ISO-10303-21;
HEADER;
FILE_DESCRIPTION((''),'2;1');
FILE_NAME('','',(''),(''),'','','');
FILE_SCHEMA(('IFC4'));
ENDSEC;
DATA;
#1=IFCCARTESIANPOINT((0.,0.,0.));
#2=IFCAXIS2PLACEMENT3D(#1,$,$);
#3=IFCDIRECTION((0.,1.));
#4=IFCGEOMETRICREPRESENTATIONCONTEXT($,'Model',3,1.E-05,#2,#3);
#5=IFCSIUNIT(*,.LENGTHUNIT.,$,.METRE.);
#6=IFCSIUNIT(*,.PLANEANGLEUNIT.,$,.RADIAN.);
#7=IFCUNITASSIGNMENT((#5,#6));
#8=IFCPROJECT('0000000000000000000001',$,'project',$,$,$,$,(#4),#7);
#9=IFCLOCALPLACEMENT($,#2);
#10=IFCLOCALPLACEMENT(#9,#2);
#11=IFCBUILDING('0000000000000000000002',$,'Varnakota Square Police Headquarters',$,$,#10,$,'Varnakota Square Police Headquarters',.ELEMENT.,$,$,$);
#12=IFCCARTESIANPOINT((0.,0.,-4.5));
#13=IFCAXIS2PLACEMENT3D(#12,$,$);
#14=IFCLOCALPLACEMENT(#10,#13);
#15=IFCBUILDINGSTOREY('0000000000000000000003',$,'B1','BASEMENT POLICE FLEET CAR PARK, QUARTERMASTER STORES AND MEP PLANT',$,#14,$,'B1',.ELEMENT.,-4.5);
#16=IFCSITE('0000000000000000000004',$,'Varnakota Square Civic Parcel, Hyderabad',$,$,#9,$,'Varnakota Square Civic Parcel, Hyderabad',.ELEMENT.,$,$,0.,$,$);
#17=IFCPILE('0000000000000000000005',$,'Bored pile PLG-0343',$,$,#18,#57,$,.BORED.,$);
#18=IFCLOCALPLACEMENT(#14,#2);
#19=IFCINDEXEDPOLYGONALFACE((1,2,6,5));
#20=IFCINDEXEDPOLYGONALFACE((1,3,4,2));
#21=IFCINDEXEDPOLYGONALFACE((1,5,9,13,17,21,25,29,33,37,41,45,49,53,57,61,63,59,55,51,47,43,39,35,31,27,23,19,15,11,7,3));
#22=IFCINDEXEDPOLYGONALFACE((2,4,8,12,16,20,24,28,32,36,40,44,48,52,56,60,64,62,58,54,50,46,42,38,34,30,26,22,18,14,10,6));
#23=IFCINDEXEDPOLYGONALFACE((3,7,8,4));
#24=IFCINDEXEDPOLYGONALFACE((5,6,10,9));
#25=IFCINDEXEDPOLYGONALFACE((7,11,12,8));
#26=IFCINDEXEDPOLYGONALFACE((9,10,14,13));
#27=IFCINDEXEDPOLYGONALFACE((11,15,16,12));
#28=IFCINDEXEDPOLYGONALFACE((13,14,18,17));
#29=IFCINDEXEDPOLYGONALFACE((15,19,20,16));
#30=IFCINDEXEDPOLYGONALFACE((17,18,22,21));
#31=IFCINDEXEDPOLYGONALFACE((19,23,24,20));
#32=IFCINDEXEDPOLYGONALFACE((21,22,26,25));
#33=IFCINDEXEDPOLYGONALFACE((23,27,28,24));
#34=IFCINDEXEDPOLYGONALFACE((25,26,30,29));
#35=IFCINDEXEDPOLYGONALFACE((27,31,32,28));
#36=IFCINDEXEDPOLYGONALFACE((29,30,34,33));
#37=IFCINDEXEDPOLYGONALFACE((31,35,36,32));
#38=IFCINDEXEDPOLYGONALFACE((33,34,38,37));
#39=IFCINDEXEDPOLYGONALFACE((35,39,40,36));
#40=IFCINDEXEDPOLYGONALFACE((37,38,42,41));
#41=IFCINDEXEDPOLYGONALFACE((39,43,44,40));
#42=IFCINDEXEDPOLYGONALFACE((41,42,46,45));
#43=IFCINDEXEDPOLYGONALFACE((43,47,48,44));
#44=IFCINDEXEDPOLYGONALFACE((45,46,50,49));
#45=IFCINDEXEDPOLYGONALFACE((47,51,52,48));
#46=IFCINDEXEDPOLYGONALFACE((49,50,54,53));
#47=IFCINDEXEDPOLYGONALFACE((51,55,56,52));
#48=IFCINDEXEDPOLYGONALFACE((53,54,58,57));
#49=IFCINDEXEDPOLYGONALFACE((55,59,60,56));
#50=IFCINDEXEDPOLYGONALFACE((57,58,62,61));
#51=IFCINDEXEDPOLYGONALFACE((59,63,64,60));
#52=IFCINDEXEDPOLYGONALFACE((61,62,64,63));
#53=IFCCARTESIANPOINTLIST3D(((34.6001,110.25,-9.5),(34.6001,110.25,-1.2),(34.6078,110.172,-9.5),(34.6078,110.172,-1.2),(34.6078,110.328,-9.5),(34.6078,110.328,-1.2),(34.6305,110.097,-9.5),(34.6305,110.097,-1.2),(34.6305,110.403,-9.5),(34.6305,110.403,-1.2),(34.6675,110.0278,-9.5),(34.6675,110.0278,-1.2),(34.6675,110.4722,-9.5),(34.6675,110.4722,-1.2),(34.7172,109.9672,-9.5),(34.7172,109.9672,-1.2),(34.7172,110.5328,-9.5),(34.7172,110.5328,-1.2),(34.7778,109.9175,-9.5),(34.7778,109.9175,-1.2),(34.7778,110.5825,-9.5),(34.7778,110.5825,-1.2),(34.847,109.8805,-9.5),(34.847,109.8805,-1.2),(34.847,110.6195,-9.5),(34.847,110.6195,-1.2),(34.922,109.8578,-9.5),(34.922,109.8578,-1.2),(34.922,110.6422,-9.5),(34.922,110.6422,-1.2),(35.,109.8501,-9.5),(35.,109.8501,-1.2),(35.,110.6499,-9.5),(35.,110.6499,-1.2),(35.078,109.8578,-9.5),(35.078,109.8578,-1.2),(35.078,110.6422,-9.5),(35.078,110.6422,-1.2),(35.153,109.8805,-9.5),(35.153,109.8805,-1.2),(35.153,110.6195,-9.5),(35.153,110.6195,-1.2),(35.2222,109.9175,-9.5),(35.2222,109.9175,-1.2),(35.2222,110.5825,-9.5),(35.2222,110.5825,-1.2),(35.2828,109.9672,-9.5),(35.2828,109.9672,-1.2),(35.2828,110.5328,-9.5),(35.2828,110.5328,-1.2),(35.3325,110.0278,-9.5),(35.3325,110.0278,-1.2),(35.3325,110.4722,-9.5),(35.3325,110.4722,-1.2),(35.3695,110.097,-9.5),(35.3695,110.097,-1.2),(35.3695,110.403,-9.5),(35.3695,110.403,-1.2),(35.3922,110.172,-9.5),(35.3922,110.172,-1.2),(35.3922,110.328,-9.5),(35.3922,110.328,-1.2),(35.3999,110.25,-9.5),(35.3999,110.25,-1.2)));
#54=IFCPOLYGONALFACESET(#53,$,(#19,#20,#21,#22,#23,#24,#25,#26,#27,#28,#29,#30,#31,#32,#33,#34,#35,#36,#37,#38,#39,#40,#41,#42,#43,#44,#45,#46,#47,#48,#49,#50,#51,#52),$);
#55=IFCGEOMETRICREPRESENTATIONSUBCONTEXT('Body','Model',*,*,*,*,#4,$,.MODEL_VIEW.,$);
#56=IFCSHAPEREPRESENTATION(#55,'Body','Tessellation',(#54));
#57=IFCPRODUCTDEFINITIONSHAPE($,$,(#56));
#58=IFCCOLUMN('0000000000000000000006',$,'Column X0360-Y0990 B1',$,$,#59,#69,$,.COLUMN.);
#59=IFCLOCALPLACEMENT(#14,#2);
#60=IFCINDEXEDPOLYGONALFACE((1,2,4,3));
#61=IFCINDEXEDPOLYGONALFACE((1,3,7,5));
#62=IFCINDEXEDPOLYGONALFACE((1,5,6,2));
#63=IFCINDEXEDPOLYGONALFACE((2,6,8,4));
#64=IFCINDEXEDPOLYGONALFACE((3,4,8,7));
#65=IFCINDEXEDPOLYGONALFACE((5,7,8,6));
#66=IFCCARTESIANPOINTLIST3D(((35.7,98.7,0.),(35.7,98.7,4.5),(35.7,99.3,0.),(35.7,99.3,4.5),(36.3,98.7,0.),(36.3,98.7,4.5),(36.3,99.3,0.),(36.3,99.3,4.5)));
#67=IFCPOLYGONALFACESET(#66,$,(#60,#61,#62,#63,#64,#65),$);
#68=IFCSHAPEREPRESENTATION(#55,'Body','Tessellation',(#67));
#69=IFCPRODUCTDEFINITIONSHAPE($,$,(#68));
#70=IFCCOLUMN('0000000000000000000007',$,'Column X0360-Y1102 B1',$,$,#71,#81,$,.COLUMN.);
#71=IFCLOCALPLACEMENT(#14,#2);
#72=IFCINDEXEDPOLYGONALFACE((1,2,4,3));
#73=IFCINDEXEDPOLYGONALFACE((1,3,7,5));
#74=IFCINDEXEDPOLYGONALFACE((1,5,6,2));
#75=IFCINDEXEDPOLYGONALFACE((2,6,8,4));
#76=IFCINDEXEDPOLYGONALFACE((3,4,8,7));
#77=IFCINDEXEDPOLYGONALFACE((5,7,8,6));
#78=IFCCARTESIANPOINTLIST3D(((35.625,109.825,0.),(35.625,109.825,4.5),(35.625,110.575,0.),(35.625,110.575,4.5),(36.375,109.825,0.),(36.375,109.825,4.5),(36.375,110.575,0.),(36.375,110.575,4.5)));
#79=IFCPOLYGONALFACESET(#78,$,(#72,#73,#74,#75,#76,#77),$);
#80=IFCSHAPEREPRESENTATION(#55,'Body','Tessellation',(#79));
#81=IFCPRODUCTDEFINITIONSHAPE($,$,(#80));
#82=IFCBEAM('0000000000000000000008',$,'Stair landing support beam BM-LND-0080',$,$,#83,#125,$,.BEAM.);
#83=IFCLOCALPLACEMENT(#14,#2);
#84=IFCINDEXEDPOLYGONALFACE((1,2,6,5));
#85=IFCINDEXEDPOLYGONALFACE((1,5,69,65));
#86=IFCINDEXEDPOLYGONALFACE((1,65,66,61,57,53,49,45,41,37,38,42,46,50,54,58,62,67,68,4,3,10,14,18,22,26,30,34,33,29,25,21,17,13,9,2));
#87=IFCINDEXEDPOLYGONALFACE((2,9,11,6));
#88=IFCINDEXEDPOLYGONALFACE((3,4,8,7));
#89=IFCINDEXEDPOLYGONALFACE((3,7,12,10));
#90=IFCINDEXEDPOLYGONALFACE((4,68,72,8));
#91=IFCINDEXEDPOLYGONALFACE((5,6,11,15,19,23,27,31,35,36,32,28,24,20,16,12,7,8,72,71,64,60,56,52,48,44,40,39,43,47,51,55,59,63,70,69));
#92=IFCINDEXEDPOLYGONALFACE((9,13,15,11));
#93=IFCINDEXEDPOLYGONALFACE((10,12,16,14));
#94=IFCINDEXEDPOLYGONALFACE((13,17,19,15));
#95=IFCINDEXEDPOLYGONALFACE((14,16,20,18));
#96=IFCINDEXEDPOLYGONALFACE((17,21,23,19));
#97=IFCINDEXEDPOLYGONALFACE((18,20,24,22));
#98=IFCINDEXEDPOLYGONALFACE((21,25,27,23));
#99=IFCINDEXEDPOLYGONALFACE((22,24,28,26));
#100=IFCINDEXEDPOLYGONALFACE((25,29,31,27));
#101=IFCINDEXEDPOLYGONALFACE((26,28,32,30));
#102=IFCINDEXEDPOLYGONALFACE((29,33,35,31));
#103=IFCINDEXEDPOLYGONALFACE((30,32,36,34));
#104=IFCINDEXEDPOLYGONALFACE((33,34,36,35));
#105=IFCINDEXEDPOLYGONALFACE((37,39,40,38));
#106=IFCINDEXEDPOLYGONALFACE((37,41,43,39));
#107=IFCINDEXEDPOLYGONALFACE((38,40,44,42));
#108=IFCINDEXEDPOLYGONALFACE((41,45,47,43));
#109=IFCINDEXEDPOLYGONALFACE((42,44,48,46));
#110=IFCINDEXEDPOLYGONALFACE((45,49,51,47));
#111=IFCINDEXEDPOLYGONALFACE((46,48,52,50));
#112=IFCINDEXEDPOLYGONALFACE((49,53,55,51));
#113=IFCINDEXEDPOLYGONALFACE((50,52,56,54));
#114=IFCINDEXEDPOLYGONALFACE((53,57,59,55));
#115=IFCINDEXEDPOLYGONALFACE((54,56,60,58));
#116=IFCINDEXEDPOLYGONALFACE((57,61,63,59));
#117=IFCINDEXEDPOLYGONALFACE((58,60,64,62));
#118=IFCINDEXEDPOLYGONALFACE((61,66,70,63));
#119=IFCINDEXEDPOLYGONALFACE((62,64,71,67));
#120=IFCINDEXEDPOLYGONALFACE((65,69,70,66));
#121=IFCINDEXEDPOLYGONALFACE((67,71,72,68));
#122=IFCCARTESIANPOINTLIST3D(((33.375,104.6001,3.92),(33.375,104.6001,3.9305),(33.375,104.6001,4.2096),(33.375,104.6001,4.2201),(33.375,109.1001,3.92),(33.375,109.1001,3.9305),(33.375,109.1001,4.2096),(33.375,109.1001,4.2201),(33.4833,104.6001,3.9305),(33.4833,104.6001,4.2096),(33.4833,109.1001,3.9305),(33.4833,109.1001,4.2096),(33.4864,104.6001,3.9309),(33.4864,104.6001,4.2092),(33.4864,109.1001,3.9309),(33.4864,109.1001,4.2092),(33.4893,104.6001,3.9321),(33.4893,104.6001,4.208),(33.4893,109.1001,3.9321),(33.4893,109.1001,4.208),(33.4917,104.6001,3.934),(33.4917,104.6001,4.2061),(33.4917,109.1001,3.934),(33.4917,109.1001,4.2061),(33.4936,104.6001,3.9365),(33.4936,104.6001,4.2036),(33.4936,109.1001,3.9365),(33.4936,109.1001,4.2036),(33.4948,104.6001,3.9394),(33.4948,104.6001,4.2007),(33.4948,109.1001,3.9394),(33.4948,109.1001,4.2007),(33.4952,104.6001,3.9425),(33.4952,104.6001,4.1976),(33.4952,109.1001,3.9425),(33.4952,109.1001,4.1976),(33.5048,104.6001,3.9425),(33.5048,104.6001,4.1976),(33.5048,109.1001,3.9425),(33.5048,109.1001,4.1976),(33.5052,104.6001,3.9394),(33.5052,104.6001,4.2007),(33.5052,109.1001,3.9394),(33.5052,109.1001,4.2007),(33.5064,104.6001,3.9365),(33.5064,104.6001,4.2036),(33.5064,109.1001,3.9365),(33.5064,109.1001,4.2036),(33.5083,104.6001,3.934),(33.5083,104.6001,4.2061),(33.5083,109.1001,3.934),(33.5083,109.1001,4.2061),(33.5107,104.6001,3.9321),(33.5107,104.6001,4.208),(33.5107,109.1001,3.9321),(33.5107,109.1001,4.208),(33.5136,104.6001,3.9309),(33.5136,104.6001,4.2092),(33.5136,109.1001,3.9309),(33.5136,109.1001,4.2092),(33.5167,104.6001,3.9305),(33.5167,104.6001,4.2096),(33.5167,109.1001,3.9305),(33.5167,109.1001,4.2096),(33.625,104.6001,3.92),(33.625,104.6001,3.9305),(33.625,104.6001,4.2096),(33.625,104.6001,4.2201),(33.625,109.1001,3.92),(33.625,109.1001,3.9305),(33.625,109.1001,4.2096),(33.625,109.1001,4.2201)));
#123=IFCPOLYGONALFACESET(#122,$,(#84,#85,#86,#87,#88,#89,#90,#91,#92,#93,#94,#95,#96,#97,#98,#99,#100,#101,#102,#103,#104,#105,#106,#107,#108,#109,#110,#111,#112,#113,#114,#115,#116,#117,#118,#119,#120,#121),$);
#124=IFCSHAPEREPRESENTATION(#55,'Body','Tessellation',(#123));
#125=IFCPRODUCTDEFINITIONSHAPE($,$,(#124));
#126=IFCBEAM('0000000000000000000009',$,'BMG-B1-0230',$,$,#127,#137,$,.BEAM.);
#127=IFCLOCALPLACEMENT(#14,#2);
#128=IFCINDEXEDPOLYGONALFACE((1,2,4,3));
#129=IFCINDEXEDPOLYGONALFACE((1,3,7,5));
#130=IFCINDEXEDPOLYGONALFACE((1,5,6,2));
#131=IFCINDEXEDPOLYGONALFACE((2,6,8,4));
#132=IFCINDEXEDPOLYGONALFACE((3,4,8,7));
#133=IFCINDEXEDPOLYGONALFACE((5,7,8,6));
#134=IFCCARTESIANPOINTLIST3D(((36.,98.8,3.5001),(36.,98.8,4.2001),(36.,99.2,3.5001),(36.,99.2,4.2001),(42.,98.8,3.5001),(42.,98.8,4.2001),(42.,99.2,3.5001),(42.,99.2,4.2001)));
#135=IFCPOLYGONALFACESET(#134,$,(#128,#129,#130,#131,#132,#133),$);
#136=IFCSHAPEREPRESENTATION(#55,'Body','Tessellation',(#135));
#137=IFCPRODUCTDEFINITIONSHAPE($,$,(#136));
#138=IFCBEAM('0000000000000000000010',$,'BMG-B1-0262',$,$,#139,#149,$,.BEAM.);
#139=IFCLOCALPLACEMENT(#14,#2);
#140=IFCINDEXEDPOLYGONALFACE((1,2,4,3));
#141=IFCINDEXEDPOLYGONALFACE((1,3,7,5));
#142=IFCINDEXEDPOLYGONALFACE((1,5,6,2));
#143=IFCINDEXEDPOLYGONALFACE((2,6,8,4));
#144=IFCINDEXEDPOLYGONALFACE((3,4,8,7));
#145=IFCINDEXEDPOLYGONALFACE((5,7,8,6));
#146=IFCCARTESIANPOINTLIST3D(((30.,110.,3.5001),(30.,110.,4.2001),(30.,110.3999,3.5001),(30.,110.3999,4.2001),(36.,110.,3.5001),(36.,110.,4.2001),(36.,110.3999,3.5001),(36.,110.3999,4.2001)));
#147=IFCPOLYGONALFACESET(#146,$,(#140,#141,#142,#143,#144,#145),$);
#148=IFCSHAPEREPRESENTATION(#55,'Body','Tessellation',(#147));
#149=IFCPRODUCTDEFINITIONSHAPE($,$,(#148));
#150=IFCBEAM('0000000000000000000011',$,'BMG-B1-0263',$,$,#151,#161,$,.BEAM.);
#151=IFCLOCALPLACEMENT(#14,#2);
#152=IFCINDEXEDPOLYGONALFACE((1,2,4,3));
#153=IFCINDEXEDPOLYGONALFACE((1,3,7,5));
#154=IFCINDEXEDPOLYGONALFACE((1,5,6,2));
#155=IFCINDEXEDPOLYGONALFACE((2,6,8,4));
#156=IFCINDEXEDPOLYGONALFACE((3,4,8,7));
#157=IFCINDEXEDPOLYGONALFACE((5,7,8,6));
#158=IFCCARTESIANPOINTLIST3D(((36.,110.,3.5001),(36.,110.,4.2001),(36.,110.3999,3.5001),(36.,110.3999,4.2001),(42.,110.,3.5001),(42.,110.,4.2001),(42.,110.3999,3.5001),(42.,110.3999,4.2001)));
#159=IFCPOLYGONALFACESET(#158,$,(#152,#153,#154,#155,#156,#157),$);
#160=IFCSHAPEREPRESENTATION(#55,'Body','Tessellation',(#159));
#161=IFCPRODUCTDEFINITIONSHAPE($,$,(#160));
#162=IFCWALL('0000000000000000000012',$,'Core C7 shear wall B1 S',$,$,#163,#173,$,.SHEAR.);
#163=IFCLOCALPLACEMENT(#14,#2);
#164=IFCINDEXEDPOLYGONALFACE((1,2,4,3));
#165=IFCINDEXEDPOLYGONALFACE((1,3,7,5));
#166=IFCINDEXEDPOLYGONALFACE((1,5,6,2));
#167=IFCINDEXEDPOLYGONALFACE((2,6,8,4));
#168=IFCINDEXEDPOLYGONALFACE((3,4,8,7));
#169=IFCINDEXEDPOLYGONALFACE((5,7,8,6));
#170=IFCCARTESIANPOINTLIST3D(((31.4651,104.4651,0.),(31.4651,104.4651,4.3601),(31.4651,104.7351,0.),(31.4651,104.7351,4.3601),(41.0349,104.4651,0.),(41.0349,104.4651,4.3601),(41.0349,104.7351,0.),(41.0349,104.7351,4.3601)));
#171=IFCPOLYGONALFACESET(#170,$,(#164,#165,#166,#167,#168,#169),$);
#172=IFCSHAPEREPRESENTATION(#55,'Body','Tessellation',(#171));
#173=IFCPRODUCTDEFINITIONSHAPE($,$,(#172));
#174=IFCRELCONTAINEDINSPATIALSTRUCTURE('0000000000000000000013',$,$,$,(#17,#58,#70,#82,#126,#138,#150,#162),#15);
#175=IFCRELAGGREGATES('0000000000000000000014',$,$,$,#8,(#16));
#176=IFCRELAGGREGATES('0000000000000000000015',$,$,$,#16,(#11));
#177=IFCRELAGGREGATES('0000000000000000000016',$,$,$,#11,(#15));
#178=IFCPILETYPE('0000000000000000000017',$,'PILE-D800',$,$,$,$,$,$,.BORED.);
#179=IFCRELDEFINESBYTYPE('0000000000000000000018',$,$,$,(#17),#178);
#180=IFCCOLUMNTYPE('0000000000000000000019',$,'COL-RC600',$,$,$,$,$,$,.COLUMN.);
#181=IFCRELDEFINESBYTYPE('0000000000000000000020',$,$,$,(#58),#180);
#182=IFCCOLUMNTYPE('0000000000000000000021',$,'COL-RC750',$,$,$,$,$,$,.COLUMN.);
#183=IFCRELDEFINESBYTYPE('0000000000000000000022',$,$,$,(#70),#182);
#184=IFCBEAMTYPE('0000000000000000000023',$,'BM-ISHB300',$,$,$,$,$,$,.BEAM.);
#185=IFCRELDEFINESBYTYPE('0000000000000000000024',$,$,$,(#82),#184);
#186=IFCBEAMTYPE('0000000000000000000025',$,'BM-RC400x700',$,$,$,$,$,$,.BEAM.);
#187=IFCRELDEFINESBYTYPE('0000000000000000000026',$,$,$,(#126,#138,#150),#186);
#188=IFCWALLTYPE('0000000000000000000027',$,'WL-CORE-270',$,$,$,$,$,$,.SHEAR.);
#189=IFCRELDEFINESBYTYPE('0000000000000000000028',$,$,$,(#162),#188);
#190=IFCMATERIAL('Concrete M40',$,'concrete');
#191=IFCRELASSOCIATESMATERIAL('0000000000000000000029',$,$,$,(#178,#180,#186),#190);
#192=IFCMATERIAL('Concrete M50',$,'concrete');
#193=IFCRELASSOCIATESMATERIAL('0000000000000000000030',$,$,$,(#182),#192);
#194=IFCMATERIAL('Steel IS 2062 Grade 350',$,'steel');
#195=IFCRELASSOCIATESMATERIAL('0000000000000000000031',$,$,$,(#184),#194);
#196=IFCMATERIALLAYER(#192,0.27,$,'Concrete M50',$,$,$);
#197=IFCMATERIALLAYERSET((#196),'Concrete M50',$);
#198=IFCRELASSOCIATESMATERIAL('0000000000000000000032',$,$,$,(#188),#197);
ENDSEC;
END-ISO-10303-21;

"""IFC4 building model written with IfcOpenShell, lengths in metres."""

from ifc_helpers import new_model, si_unit, direction, frame, frame_2d, origin, origin_2d, place, context, subcontext, project, spatial, rectangle, circle, i_section, extrude, material, layer, layer_set, material_profile, profile_set, type_object, element, save


model = new_model("IFC4")

# Units and contexts
model_context = context("Model", 3, precision=1e-05, world=origin(), true_north=direction((0.0, 1.0)))
body_context = subcontext(model_context, "Body", "Model", "MODEL_VIEW")
ifc_project = project(units=[si_unit("LENGTHUNIT", "METRE"), si_unit("PLANEANGLEUNIT", "RADIAN")], contexts=[model_context])

# Site, building, storey
site_placement = place(None, origin())
site = spatial("IfcSite", under=ifc_project, at=site_placement, Name="Varnakota Square Civic Parcel, Hyderabad", LongName="Varnakota Square Civic Parcel, Hyderabad", CompositionType="ELEMENT", RefElevation=0.0)
building_placement = place(site_placement, origin())
building = spatial("IfcBuilding", under=site, at=building_placement, Name="Varnakota Square Police Headquarters", LongName="Varnakota Square Police Headquarters", CompositionType="ELEMENT")
storey_placement = place(building_placement, frame((0.0, 0.0, -4.5)))
storey = spatial("IfcBuildingStorey", under=building, at=storey_placement, Name="B1", Description="BASEMENT POLICE FLEET CAR PARK, QUARTERMASTER STORES AND MEP PLANT", LongName="B1", CompositionType="ELEMENT", Elevation=-4.5)

# Shared definitions
ifc_material_1 = material(Name="Concrete M40", Category="concrete")

# Pile
ifc_material_profile_1 = material_profile(ifc_material_1, circle(Radius=0.3999, at=origin_2d()), Name="BORED PILE 800")
ifc_profile_set_1 = profile_set([ifc_material_profile_1], Name="Concrete M40")
pile_type = type_object("IfcPileType", Name="PILE-D800", PredefinedType="BORED", material=ifc_profile_set_1)
for number, where, z_axis, x_axis, name in (
    (1, (35.0, 110.25, -1.2), (0.0, 0.0, -1.0), (1.0, 0.0, 0.0), "Bored pile PLG-0343"),
):
    element("IfcPile", number, at=place(storey_placement, frame(where, z_axis=z_axis, x_axis=x_axis)), inside=storey, type_object=pile_type, Name=name, PredefinedType="BORED", context=body_context, shape_type="SweptSolid", body=[
        extrude(circle(Radius=0.3999, at=origin_2d()), origin(), (0.0, 0.0, 1.0), 8.3),
    ])

# Columns
ifc_material_profile_2 = material_profile(ifc_material_1, rectangle(XDim=0.6001, YDim=0.6001, at=origin_2d()), Name="RC 600x600")
ifc_profile_set_2 = profile_set([ifc_material_profile_2], Name="Concrete M40")
column_type_1 = type_object("IfcColumnType", Name="COL-RC600", PredefinedType="COLUMN", material=ifc_profile_set_2)
column_1_placement = place(storey_placement, frame((36.0, 99.0, 0.0), z_axis=(0.0, 0.0, 1.0), x_axis=(1.0, 0.0, 0.0)))
element("IfcColumn", 2, at=column_1_placement, inside=storey, type_object=column_type_1, Name="Column X0360-Y0990 B1", PredefinedType="COLUMN", context=body_context, shape_type="SweptSolid", body=[
    extrude(rectangle(XDim=0.6001, YDim=0.6001, at=origin_2d()), origin(), (0.0, 0.0, 1.0), 4.5),
])
ifc_material_2 = material(Name="Concrete M50", Category="concrete")
ifc_material_profile_3 = material_profile(ifc_material_2, rectangle(XDim=0.75, YDim=0.75, at=origin_2d()), Name="RC 750x750")
ifc_profile_set_3 = profile_set([ifc_material_profile_3], Name="Concrete M50")
column_type_2 = type_object("IfcColumnType", Name="COL-RC750", PredefinedType="COLUMN", material=ifc_profile_set_3)
column_2_placement = place(storey_placement, frame((36.0, 110.2, 0.0), z_axis=(0.0, 0.0, 1.0), x_axis=(1.0, 0.0, 0.0)))
element("IfcColumn", 3, at=column_2_placement, inside=storey, type_object=column_type_2, Name="Column X0360-Y1102 B1", PredefinedType="COLUMN", context=body_context, shape_type="SweptSolid", body=[
    extrude(rectangle(XDim=0.75, YDim=0.75, at=origin_2d()), origin(), (0.0, 0.0, 1.0), 4.5),
])

# Beams
ifc_material_3 = material(Name="Steel IS 2062 Grade 350", Category="steel")
ifc_material_profile_4 = material_profile(ifc_material_3, i_section(OverallWidth=0.25, OverallDepth=0.3, WebThickness=0.0095, FlangeThickness=0.0105, FilletRadius=0.012, at=origin_2d()), Name="ISHB 300")
ifc_profile_set_4 = profile_set([ifc_material_profile_4], Name="Steel IS 2062 Grade 350")
beam_type_1 = type_object("IfcBeamType", Name="BM-ISHB300", PredefinedType="BEAM", material=ifc_profile_set_4)
beam_placement = place(storey_placement, frame((33.5, 104.6001, 4.0701), z_axis=(0.0, 1.0, 0.0), x_axis=(-1.0, 0.0, 0.0)))
element("IfcBeam", 4, at=beam_placement, inside=storey, type_object=beam_type_1, Name="Stair landing support beam BM-LND-0080", PredefinedType="BEAM", context=body_context, shape_type="SweptSolid", body=[
    extrude(i_section(OverallWidth=0.25, OverallDepth=0.3, WebThickness=0.0095, FlangeThickness=0.0105, FilletRadius=0.012, at=origin_2d()), origin(), (0.0, 0.0, 1.0), 4.5),
])
ifc_material_profile_5 = material_profile(ifc_material_1, rectangle(XDim=0.3999, YDim=0.7, at=origin_2d()), Name="RC 400x700")
ifc_profile_set_5 = profile_set([ifc_material_profile_5], Name="Concrete M40")
beam_type_2 = type_object("IfcBeamType", Name="BM-RC400x700", PredefinedType="BEAM", material=ifc_profile_set_5)
for number, where, z_axis, x_axis, name in (
    (5, (36.0, 99.0, 3.8501), (1.0, 0.0, 0.0), (0.0, 1.0, 0.0), "BMG-B1-0230"),
    (6, (30.0, 110.2, 3.8501), (1.0, 0.0, 0.0), (0.0, 1.0, 0.0), "BMG-B1-0262"),
    (7, (36.0, 110.2, 3.8501), (1.0, 0.0, 0.0), (0.0, 1.0, 0.0), "BMG-B1-0263"),
):
    element("IfcBeam", number, at=place(storey_placement, frame(where, z_axis=z_axis, x_axis=x_axis)), inside=storey, type_object=beam_type_2, Name=name, PredefinedType="BEAM", context=body_context, shape_type="SweptSolid", body=[
        extrude(rectangle(XDim=0.3999, YDim=0.7, at=origin_2d()), origin(), (0.0, 0.0, 1.0), 6.0),
    ])

# Wall
ifc_layer_1 = layer(ifc_material_2, 0.27, Name="Concrete M50")
ifc_layer_set_1 = layer_set([ifc_layer_1], Name="Concrete M50")
wall_type_1 = type_object("IfcWallType", Name="WL-CORE-270", PredefinedType="SHEAR", material=ifc_layer_set_1)
wall_1_placement = place(storey_placement, frame((31.4651, 104.6001, 0.0), z_axis=(0.0, 0.0, 1.0), x_axis=(1.0, 0.0, 0.0)))
element("IfcWall", 8, at=wall_1_placement, inside=storey, type_object=wall_type_1, Name="Core C7 shear wall B1 S", PredefinedType="SHEAR", context=body_context, shape_type="SweptSolid", body=[
    extrude(rectangle(XDim=9.5698, YDim=0.27, at=frame_2d((4.7849, 0.0))), origin(), (0.0, 0.0, 1.0), 4.3601),
])

save(model, "model.ifc")
